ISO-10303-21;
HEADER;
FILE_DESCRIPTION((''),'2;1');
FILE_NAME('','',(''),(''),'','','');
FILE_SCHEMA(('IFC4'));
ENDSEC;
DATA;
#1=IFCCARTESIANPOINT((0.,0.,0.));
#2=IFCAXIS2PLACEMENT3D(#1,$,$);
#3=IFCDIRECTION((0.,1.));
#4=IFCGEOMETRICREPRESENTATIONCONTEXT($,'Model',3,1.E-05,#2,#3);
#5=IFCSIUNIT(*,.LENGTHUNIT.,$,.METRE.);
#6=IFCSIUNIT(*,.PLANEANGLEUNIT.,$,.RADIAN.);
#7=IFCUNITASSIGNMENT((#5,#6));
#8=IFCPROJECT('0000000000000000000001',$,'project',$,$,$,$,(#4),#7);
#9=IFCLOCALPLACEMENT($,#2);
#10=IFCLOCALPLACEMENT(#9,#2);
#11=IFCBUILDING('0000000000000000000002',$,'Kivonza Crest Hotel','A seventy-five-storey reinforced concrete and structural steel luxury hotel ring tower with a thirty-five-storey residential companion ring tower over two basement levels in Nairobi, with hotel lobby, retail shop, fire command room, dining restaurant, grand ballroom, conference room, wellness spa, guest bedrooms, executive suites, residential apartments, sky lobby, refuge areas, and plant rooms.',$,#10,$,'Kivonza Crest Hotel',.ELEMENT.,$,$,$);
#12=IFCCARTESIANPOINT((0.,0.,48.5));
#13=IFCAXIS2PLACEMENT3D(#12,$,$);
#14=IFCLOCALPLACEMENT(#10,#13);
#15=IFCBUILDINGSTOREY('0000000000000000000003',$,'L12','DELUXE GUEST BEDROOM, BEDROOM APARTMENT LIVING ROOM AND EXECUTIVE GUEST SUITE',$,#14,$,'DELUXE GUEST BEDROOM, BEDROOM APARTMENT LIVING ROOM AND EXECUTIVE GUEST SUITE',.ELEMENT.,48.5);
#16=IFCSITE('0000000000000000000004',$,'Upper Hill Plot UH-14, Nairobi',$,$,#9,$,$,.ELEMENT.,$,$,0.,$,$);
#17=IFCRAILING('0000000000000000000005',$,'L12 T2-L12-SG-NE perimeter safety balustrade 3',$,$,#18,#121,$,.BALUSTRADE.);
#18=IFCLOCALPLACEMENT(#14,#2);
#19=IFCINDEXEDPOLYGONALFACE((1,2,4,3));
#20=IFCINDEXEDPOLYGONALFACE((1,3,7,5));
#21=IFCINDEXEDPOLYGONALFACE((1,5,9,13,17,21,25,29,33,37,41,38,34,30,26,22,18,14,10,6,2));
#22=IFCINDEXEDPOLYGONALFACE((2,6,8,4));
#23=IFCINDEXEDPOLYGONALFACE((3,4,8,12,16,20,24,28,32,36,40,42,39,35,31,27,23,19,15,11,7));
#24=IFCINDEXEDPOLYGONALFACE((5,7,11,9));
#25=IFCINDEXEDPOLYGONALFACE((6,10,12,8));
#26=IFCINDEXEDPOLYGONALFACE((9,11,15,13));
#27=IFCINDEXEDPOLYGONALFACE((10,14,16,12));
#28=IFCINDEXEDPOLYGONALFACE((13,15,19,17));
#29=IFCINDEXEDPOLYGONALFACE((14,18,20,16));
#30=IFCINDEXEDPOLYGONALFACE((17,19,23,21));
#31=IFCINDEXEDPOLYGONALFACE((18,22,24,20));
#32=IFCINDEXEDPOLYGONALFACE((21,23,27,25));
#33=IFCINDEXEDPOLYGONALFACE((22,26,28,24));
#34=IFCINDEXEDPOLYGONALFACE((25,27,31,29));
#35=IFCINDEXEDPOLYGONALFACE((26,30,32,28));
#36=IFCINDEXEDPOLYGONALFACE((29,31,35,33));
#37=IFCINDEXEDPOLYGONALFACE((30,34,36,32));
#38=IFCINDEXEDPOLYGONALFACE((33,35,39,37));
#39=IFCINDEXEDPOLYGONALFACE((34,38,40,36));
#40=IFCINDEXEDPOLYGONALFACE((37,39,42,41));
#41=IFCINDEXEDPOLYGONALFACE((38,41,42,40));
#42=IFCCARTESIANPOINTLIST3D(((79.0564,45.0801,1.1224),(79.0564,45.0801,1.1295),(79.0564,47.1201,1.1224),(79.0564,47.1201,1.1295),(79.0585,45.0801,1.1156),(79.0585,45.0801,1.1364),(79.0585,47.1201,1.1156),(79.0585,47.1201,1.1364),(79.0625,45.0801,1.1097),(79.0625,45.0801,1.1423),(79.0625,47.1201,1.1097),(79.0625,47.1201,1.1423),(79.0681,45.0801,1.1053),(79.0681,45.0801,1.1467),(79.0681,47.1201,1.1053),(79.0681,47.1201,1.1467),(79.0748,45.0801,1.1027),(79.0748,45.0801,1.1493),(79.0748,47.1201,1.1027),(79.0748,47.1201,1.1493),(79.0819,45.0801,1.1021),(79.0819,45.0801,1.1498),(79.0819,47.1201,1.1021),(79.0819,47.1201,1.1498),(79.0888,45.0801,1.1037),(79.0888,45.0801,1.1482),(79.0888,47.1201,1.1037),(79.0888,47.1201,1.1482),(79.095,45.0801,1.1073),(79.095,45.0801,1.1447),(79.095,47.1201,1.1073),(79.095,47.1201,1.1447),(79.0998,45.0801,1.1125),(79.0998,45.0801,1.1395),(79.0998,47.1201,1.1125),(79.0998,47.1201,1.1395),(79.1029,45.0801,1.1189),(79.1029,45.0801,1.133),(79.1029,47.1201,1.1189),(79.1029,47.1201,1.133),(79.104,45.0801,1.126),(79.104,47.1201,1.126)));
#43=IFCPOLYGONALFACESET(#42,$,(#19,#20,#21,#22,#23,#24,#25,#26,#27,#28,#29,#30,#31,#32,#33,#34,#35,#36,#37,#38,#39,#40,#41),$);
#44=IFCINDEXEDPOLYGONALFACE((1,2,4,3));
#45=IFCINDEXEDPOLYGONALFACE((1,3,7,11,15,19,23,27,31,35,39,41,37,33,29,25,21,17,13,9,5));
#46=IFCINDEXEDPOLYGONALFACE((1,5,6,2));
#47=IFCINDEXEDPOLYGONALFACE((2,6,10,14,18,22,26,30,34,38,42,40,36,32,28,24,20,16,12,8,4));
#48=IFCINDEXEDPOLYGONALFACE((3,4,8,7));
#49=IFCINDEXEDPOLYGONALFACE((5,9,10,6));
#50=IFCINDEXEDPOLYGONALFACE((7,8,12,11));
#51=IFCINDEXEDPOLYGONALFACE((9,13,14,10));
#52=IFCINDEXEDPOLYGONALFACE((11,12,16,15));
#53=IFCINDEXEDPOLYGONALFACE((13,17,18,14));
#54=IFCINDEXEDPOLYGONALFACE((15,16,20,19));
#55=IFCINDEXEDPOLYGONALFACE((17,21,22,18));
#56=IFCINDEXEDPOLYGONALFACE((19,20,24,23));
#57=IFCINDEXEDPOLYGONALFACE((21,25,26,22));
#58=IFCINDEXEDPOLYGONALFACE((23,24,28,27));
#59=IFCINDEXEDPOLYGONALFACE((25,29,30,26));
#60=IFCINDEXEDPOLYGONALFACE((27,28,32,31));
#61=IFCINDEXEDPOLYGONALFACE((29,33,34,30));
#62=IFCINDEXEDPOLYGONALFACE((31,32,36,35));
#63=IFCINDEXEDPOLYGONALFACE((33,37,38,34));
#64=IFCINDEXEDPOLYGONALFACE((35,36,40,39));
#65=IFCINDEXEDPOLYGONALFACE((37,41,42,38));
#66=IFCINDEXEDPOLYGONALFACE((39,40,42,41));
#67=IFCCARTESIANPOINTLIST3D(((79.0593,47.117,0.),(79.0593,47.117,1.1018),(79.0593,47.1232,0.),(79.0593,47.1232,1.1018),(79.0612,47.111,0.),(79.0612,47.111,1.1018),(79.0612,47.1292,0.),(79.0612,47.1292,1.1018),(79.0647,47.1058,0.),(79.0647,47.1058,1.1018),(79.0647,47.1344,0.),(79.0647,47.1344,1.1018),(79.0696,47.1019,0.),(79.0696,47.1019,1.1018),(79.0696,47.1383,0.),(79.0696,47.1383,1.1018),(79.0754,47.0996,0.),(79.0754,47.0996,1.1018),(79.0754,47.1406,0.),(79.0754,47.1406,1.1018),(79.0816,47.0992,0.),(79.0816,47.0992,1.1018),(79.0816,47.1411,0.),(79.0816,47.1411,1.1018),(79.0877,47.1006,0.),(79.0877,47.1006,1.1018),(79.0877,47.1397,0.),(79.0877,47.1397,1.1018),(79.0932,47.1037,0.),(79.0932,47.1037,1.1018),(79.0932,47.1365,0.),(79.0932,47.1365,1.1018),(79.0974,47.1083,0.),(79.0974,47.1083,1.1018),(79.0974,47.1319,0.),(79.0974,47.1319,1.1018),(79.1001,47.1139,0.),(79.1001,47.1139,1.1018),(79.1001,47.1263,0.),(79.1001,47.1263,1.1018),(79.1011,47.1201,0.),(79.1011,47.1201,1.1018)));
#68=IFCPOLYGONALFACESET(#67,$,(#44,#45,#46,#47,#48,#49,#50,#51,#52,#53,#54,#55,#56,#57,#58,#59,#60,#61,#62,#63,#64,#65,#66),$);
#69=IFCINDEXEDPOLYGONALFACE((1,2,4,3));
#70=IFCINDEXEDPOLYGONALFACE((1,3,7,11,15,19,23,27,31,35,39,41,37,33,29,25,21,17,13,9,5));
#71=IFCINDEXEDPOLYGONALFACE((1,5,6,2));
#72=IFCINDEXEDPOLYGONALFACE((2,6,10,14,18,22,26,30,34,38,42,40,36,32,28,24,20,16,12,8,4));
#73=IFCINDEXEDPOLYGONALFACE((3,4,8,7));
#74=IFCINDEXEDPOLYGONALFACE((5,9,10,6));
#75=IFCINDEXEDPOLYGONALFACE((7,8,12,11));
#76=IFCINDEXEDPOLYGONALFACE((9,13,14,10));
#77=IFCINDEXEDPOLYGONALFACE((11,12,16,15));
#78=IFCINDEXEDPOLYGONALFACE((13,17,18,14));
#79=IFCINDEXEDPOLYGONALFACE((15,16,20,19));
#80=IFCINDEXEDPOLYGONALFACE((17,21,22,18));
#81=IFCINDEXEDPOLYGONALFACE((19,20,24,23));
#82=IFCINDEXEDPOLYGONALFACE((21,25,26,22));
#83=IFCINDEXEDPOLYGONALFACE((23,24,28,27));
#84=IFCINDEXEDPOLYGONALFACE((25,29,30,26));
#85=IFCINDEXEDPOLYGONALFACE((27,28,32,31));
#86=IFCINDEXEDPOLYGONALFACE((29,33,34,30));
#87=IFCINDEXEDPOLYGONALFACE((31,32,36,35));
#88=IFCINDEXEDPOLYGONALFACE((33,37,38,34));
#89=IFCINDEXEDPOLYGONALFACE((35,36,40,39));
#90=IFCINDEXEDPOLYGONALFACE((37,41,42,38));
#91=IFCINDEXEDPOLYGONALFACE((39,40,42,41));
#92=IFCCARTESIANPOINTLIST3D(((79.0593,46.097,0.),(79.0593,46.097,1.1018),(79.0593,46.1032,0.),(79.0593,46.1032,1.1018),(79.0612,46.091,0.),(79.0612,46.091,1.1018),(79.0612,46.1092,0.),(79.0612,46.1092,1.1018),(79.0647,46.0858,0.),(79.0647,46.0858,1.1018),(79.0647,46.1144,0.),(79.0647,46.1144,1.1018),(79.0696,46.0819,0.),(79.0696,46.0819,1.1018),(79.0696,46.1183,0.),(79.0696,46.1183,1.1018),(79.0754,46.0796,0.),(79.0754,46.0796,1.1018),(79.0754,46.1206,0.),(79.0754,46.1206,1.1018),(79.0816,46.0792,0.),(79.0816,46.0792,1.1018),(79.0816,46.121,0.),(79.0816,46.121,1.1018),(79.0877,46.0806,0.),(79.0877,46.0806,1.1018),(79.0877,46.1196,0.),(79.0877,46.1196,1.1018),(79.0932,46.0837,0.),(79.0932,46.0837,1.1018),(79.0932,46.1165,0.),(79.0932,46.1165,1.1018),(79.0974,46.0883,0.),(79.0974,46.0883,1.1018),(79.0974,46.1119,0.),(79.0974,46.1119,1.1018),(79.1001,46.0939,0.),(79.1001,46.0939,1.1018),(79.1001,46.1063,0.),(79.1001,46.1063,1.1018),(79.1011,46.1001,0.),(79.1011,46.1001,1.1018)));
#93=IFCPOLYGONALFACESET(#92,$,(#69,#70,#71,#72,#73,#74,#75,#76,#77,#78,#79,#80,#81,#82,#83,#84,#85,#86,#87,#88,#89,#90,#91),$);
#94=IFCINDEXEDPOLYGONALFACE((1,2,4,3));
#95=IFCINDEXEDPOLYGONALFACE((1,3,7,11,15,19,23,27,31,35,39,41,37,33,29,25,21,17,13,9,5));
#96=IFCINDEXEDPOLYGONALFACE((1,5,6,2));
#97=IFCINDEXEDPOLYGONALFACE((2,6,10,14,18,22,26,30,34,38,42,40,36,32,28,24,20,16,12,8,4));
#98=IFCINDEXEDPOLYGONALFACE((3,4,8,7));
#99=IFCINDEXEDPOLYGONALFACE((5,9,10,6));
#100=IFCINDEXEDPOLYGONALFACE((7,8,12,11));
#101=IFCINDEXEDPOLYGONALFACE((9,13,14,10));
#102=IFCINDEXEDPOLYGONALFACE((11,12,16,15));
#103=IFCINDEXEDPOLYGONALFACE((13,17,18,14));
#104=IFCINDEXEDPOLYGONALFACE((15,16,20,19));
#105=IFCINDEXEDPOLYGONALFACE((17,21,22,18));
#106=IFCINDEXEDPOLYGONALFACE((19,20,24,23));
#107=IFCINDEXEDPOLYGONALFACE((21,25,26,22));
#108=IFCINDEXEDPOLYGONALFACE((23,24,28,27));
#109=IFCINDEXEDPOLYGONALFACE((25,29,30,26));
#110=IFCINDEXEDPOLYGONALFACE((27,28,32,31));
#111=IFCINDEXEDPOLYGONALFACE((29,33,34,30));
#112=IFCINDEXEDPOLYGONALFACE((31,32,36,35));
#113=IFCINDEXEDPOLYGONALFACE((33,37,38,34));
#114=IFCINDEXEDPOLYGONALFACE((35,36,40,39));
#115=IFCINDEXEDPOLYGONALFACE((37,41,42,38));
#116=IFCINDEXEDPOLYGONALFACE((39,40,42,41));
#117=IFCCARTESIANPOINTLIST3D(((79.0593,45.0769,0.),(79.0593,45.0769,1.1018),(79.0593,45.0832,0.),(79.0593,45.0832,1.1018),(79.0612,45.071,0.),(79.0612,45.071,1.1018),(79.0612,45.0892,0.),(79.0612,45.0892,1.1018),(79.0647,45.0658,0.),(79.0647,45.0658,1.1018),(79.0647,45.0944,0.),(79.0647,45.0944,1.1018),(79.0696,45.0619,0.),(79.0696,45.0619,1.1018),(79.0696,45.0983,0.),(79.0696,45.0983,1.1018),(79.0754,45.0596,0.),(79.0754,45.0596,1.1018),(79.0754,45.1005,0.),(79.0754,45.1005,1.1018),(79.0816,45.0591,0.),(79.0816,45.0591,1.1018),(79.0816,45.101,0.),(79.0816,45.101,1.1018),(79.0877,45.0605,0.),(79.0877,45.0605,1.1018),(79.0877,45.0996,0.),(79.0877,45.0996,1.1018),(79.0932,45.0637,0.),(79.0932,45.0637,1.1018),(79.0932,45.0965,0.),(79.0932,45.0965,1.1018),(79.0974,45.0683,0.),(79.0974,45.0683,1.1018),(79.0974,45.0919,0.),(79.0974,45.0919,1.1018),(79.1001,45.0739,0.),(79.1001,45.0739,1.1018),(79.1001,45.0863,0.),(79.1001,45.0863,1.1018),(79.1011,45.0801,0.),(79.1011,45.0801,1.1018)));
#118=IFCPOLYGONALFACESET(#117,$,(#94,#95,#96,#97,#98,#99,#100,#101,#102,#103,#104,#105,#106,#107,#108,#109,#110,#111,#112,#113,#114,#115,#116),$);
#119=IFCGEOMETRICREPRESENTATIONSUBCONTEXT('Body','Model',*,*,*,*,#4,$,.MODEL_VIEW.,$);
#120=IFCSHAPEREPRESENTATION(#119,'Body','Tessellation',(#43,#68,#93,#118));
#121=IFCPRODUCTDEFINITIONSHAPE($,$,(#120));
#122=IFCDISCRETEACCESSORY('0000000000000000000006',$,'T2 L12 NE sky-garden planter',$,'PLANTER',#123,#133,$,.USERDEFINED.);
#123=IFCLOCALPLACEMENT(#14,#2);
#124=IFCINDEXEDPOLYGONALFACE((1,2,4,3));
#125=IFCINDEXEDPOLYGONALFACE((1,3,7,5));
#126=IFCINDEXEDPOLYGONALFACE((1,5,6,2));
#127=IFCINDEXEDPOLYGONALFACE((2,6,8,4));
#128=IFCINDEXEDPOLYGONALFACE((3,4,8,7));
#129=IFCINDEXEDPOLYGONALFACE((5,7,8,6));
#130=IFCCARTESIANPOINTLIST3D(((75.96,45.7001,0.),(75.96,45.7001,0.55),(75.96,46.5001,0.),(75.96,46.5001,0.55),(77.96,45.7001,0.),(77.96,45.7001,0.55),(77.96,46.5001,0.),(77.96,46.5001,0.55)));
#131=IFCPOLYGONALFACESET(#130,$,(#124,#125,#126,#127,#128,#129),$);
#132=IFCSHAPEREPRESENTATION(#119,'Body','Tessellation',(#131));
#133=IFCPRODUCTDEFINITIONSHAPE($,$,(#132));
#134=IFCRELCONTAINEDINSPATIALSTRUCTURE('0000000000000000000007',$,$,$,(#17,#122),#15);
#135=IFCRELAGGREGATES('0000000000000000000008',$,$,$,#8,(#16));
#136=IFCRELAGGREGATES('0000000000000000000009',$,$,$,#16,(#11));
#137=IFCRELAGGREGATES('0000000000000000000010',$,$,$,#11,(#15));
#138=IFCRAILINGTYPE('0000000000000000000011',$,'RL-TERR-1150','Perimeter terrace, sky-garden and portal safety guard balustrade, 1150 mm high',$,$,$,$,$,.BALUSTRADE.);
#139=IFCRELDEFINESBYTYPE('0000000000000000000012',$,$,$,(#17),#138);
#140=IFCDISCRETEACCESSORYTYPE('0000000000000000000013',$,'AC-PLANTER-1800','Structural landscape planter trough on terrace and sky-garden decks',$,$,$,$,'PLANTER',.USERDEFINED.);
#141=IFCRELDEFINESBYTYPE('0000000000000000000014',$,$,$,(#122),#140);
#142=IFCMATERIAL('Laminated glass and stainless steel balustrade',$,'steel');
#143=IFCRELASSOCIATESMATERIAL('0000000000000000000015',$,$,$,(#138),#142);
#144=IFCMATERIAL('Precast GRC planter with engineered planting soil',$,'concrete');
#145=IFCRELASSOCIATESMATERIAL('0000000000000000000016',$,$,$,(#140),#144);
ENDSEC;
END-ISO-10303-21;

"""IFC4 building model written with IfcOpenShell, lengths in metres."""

from ifc_helpers import new_model, si_unit, direction, frame, origin, origin_2d, place, context, subcontext, project, spatial, rectangle, circle, extrude, material, type_object, element, save


model = new_model("IFC4")

# Units and contexts
model_context = context("Model", 3, precision=1e-05, world=origin(), true_north=direction((0.0, 1.0)))
body_context = subcontext(model_context, "Body", "Model", "MODEL_VIEW")
ifc_project = project(units=[si_unit("LENGTHUNIT", "METRE"), si_unit("PLANEANGLEUNIT", "RADIAN")], contexts=[model_context])

# Site, building, storey
site_placement = place(None, origin())
site = spatial("IfcSite", under=ifc_project, at=site_placement, Name="Upper Hill Plot UH-14, Nairobi", CompositionType="ELEMENT", RefElevation=0.0)
building_placement = place(site_placement, origin())
building = spatial("IfcBuilding", under=site, at=building_placement, Name="Kivonza Crest Hotel", Description="A seventy-five-storey reinforced concrete and structural steel luxury hotel ring tower with a thirty-five-storey residential companion ring tower over two basement levels in Nairobi, with hotel lobby, retail shop, fire command room, dining restaurant, grand ballroom, conference room, wellness spa, guest bedrooms, executive suites, residential apartments, sky lobby, refuge areas, and plant rooms.", LongName="Kivonza Crest Hotel", CompositionType="ELEMENT")
storey_placement = place(building_placement, frame((0.0, 0.0, 48.5)))
storey = spatial("IfcBuildingStorey", under=building, at=storey_placement, Name="L12", Description="DELUXE GUEST BEDROOM, BEDROOM APARTMENT LIVING ROOM AND EXECUTIVE GUEST SUITE", LongName="DELUXE GUEST BEDROOM, BEDROOM APARTMENT LIVING ROOM AND EXECUTIVE GUEST SUITE", CompositionType="ELEMENT", Elevation=48.5)

# Railing
ifc_material_1 = material(Name="Laminated glass and stainless steel balustrade", Category="steel")
railing_type = type_object("IfcRailingType", Name="RL-TERR-1150", Description="Perimeter terrace, sky-garden and portal safety guard balustrade, 1150 mm high", PredefinedType="BALUSTRADE", material=ifc_material_1)
railing_1_placement = place(storey_placement, frame((79.0801, 47.1201, 0.0)))
element("IfcRailing", 1, at=railing_1_placement, inside=storey, type_object=railing_type, Name="L12 T2-L12-SG-NE perimeter safety balustrade 3", PredefinedType="BALUSTRADE", context=body_context, shape_type="SweptSolid", body=[
    extrude(circle(Radius=0.0239, at=origin_2d()), frame((0.0, 0.0, 1.126), z_axis=(0.0, -1.0, 0.0), x_axis=(1.0, 0.0, 0.0)), (0.0, 0.0, 1.0), 2.04),
    extrude(circle(Radius=0.021, at=origin_2d()), origin(), (0.0, 0.0, 1.0), 1.1018),
    extrude(circle(Radius=0.021, at=origin_2d()), frame((0.0, -1.02, 0.0)), (0.0, 0.0, 1.0), 1.1018),
    extrude(circle(Radius=0.021, at=origin_2d()), frame((0.0, -2.04, 0.0)), (0.0, 0.0, 1.0), 1.1018),
])

# Discrete accessory
ifc_material_2 = material(Name="Precast GRC planter with engineered planting soil", Category="concrete")
discrete_accessory_type = type_object("IfcDiscreteAccessoryType", Name="AC-PLANTER-1800", Description="Structural landscape planter trough on terrace and sky-garden decks", ElementType="PLANTER", PredefinedType="USERDEFINED", material=ifc_material_2)
discrete_accessory_placement = place(storey_placement, frame((76.96, 46.1001, 0.0), z_axis=(0.0, 0.0, 1.0), x_axis=(1.0, 0.0, 0.0)))
element("IfcDiscreteAccessory", 2, at=discrete_accessory_placement, inside=storey, type_object=discrete_accessory_type, Name="T2 L12 NE sky-garden planter", ObjectType="PLANTER", PredefinedType="USERDEFINED", context=body_context, shape_type="SweptSolid", body=[
    extrude(rectangle(XDim=2.0, YDim=0.8, at=origin_2d()), origin(), (0.0, 0.0, 1.0), 0.55),
])

save(model, "model.ifc")
